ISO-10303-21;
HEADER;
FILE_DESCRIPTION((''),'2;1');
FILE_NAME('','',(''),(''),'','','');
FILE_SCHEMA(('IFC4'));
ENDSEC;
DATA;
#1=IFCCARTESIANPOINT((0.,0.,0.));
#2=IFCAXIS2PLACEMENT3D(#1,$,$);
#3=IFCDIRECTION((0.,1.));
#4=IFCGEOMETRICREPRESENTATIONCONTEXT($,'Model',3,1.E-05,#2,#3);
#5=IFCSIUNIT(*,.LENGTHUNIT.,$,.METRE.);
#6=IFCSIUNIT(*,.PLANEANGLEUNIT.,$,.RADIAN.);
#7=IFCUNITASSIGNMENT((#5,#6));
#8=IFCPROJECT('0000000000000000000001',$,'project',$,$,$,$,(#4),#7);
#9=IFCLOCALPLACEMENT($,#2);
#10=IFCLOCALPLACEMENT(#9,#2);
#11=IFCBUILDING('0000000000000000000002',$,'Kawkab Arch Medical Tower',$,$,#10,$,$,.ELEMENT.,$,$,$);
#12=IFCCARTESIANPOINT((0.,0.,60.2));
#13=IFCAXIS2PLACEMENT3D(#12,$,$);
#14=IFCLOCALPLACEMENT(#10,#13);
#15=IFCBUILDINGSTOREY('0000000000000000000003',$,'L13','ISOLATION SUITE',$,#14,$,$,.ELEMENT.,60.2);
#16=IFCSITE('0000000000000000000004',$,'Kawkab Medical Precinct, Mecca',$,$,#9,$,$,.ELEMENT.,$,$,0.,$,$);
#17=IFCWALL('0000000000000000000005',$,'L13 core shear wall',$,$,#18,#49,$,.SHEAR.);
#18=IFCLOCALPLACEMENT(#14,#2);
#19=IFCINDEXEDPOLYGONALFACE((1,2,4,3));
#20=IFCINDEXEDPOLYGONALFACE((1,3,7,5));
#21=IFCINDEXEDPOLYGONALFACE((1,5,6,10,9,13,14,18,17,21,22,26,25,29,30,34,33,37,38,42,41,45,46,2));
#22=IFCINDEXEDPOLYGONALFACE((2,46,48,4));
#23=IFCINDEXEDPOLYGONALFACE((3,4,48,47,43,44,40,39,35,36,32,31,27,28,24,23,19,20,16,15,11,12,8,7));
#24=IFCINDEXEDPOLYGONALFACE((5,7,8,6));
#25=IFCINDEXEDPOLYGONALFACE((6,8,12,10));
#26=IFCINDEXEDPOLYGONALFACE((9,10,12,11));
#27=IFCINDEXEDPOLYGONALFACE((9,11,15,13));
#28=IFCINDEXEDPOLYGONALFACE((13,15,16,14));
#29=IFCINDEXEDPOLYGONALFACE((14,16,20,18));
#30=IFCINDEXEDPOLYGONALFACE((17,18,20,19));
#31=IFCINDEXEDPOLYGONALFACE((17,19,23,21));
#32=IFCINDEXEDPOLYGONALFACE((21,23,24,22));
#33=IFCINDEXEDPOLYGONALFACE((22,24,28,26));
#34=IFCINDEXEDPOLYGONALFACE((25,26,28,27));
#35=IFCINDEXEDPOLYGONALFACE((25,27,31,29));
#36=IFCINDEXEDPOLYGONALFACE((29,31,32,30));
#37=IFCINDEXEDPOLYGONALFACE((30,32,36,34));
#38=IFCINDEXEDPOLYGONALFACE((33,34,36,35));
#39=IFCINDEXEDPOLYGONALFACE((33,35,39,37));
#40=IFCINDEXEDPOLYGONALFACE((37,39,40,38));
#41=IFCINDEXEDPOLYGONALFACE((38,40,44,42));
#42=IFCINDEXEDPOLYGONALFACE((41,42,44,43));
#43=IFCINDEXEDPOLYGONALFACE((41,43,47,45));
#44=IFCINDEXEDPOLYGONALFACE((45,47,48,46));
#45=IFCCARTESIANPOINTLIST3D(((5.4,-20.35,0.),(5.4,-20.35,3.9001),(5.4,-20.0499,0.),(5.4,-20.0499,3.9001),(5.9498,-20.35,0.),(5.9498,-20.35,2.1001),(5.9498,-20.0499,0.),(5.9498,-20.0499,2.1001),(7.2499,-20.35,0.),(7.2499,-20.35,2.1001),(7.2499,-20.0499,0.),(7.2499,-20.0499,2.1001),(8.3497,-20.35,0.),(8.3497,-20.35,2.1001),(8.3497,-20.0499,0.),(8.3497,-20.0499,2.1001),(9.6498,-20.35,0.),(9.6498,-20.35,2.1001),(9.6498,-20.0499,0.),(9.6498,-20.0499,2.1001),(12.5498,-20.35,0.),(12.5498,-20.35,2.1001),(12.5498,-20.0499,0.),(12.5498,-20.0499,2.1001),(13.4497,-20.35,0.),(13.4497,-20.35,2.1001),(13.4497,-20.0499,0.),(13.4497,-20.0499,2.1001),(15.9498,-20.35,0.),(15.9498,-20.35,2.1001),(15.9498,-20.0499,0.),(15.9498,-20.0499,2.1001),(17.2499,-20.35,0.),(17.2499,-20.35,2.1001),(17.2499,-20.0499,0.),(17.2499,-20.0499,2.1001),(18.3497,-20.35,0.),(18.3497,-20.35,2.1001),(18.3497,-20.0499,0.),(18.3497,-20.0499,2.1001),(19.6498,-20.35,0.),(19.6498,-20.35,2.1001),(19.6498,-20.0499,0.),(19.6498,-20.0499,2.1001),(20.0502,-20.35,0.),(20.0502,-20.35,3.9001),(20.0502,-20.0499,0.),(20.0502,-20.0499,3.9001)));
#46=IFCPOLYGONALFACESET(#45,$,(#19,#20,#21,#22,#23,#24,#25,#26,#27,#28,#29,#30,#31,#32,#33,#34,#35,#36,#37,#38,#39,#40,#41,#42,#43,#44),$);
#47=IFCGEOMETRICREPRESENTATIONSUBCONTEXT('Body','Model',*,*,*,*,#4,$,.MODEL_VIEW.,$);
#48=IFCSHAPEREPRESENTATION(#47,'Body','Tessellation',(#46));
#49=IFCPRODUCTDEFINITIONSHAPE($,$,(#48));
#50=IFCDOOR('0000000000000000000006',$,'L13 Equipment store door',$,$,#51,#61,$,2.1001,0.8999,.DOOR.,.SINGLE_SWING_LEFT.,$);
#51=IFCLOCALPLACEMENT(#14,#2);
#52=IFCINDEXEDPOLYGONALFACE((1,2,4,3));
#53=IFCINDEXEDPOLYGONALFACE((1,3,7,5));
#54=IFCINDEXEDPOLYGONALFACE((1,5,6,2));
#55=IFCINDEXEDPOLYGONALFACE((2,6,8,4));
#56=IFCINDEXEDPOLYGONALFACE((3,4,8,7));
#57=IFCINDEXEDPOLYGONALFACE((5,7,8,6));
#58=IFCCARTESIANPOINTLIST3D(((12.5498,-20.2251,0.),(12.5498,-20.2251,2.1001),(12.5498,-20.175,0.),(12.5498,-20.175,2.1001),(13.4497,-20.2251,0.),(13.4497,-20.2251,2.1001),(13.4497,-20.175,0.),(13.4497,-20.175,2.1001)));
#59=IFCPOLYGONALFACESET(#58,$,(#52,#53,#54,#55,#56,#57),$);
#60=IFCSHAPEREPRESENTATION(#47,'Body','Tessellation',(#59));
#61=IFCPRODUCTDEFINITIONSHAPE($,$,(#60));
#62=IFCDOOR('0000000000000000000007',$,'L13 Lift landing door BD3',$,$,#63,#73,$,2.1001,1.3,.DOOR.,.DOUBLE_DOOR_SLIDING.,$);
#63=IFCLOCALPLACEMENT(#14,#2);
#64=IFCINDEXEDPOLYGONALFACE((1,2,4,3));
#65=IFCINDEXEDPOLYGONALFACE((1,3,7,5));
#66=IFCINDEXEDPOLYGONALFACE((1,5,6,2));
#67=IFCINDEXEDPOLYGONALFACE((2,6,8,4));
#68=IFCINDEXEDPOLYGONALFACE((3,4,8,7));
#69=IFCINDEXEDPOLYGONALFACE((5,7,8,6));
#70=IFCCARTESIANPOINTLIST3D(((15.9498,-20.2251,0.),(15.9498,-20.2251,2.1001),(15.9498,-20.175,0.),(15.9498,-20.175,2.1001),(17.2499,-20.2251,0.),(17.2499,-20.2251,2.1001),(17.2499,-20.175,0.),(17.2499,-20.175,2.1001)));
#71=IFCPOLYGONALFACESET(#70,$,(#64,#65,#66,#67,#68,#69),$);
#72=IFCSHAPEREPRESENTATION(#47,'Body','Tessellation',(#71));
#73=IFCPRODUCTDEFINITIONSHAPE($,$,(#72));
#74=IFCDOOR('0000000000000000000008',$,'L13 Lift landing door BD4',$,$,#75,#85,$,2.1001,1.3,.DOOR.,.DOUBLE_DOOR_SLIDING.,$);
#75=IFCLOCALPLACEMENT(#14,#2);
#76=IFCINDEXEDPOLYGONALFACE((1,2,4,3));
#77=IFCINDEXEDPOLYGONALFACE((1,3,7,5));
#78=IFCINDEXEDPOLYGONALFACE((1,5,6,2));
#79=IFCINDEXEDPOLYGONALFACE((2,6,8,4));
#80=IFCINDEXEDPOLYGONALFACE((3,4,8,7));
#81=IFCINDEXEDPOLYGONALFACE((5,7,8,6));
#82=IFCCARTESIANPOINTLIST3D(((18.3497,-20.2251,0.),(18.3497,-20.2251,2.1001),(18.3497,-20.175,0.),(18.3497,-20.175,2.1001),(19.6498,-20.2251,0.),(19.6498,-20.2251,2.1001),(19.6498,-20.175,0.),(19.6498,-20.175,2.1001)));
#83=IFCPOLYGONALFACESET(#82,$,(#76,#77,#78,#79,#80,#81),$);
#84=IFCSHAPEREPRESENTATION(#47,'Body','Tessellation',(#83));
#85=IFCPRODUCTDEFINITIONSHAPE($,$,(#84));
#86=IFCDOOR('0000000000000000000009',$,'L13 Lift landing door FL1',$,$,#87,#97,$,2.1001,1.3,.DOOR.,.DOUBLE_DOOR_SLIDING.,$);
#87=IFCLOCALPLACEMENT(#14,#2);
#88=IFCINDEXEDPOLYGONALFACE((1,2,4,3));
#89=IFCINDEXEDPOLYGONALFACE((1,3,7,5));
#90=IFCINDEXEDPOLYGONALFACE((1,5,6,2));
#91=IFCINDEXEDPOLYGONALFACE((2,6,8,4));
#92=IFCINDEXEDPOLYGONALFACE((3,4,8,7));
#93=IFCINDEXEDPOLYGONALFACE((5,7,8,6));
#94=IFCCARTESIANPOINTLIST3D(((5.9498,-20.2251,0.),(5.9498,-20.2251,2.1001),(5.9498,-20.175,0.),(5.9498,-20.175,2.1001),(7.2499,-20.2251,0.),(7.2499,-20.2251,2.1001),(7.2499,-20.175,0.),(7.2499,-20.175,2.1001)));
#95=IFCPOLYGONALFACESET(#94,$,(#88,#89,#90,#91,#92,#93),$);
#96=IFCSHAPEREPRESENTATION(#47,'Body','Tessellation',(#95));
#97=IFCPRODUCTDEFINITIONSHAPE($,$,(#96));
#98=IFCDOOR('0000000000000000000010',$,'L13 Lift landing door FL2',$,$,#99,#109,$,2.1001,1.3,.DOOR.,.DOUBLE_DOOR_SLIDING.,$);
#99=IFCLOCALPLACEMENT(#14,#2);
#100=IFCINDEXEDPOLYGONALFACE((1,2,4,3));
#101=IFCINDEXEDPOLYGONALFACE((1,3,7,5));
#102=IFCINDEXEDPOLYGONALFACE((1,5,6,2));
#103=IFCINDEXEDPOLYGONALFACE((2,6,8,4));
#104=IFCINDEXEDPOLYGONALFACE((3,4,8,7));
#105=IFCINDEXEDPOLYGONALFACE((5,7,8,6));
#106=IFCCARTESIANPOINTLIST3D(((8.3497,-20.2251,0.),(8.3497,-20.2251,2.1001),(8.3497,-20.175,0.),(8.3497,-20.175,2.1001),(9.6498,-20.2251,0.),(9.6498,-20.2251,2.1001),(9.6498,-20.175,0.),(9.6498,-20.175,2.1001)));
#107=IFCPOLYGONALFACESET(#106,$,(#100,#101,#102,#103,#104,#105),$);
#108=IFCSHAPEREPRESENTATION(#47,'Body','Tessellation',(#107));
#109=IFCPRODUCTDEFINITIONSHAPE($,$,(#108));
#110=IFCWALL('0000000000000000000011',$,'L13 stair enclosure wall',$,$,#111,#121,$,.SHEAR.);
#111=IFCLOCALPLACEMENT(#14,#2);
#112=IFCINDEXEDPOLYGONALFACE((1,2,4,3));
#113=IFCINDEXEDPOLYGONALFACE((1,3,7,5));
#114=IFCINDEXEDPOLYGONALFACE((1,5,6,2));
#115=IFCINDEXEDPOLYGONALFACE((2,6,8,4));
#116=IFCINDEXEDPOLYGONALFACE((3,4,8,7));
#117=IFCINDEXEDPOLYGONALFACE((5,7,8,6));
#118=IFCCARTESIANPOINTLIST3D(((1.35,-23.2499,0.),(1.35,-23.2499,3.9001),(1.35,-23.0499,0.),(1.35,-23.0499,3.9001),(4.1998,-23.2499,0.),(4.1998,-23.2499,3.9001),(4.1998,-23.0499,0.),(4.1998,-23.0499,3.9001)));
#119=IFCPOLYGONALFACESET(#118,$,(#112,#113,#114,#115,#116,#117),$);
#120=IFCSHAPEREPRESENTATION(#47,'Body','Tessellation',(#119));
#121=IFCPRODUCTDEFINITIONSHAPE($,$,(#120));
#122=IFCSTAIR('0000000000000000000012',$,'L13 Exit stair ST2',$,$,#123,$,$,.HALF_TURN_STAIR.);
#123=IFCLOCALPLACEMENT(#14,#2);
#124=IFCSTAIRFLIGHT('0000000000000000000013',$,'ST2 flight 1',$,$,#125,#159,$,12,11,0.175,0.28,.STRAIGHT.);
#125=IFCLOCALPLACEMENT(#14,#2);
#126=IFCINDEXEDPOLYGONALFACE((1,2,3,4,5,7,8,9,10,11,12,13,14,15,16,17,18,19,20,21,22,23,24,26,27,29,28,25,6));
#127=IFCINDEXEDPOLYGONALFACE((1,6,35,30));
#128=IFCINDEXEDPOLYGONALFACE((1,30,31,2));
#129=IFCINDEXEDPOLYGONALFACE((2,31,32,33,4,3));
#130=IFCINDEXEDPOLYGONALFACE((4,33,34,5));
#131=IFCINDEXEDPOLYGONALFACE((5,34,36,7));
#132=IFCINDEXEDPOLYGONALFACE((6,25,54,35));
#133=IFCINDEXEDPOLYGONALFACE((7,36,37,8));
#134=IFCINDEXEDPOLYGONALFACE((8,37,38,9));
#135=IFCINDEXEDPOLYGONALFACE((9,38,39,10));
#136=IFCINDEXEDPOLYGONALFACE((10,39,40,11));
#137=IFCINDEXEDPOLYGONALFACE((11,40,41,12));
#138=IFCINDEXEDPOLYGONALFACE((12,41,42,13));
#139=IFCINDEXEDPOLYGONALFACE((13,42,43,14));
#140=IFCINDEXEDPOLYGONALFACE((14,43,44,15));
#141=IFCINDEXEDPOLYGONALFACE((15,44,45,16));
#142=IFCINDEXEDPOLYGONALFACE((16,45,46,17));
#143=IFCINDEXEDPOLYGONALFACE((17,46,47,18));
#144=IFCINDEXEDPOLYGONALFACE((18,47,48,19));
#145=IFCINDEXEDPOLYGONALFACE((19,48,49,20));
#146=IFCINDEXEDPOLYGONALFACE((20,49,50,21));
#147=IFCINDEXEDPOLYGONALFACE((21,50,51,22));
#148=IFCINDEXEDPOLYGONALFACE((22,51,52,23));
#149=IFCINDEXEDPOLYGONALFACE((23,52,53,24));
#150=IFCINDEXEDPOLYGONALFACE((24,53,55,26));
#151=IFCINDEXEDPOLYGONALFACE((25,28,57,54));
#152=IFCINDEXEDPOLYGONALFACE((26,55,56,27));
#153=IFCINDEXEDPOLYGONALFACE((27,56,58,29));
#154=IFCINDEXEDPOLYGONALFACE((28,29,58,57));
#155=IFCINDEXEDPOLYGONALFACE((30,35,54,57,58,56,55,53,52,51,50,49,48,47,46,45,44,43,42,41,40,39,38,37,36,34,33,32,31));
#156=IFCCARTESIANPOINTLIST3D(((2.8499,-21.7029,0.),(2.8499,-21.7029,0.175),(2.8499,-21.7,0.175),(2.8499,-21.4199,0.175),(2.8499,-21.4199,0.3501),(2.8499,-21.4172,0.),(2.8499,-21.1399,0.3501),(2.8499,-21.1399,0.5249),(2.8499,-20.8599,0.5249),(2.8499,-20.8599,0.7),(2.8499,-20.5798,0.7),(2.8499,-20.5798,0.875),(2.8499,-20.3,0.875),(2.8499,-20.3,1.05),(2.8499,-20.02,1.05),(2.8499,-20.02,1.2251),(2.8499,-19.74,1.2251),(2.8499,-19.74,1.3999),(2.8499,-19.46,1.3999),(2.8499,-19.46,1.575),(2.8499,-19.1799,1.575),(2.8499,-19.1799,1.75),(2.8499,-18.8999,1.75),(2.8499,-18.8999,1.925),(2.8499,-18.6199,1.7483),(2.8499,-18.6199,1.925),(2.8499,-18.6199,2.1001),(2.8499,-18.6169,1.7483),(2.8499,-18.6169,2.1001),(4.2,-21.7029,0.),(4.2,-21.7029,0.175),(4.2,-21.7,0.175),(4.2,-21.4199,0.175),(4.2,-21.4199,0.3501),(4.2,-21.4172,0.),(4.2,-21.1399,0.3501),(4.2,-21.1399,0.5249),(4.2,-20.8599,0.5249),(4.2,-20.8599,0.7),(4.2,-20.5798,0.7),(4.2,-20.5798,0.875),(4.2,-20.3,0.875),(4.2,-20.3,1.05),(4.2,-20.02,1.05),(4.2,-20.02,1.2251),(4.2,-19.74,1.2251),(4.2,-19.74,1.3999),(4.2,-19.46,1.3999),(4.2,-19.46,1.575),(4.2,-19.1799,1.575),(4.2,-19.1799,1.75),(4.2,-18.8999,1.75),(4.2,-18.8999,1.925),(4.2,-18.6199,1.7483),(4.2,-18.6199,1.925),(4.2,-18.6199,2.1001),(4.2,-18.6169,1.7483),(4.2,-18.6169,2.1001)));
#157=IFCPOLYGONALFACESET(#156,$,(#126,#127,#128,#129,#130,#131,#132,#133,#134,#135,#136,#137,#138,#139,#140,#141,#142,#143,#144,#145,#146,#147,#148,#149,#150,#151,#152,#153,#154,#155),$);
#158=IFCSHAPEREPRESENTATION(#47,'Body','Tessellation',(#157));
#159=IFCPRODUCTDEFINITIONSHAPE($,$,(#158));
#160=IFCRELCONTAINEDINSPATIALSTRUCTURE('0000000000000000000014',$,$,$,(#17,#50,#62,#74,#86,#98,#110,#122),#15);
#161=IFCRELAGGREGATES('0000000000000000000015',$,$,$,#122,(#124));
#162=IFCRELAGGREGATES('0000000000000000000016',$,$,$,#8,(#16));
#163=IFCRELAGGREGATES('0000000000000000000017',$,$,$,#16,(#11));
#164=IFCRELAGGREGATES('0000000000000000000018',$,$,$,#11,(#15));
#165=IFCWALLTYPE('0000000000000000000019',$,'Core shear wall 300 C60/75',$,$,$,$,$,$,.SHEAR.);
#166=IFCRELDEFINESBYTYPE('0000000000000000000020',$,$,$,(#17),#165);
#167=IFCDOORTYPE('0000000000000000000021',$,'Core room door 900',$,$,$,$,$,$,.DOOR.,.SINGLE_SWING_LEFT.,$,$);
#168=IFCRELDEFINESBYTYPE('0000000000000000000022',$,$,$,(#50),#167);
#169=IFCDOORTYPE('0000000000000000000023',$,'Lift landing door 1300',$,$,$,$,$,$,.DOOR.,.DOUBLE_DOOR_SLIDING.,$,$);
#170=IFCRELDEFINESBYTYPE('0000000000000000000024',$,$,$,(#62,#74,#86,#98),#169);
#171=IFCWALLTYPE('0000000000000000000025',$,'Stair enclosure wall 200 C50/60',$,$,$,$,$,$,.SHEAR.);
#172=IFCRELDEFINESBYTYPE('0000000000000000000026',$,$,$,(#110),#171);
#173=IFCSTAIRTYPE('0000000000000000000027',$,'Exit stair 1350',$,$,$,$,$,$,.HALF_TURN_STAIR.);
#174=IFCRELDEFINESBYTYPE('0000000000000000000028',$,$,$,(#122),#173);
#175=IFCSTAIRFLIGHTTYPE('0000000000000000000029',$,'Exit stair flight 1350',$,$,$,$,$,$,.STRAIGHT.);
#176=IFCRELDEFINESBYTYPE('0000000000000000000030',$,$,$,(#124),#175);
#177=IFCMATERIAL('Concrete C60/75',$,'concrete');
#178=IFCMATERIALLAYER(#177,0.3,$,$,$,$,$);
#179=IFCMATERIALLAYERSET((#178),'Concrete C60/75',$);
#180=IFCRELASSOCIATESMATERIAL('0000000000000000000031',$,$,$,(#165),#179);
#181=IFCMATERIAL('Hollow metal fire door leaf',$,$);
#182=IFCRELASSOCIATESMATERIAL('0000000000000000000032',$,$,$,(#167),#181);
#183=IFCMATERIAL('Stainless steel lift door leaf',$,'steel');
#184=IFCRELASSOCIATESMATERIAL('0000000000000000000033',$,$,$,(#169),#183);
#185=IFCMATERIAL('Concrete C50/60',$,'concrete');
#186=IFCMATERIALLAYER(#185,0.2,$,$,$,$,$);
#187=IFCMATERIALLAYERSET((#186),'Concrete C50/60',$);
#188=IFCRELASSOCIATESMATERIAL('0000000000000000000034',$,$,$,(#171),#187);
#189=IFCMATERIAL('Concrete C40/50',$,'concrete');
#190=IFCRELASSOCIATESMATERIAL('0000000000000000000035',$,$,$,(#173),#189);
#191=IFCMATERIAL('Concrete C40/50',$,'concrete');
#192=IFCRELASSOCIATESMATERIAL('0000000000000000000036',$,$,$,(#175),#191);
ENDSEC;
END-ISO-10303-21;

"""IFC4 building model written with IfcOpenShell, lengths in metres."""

from ifc_helpers import new_model, si_unit, direction, frame, frame_2d, origin, place, context, subcontext, project, spatial, polyline, rectangle, outline, extrude, material, layer, layer_set, type_object, element, fill, aggregate, save


model = new_model("IFC4")

# Units and contexts
model_context = context("Model", 3, precision=1e-05, world=origin(), true_north=direction((0.0, 1.0)))
body_context = subcontext(model_context, "Body", "Model", "MODEL_VIEW")
ifc_project = project(units=[si_unit("LENGTHUNIT", "METRE"), si_unit("PLANEANGLEUNIT", "RADIAN")], contexts=[model_context])

# Site, building, storey
site_placement = place(None, origin())
site = spatial("IfcSite", under=ifc_project, at=site_placement, Name="Kawkab Medical Precinct, Mecca", CompositionType="ELEMENT", RefElevation=0.0)
building_placement = place(site_placement, origin())
building = spatial("IfcBuilding", under=site, at=building_placement, Name="Kawkab Arch Medical Tower", CompositionType="ELEMENT")
storey_placement = place(building_placement, frame((0.0, 0.0, 60.2)))
storey = spatial("IfcBuildingStorey", under=building, at=storey_placement, Name="L13", Description="ISOLATION SUITE", CompositionType="ELEMENT", Elevation=60.2)

# Wall, openings, doors
ifc_material_1 = material(Name="Concrete C60/75", Category="concrete")
ifc_layer_1 = layer(ifc_material_1, 0.3)
ifc_layer_set_1 = layer_set([ifc_layer_1], Name="Concrete C60/75")
wall_type_1 = type_object("IfcWallType", Name="Core shear wall 300 C60/75", PredefinedType="SHEAR", material=ifc_layer_set_1)
wall_1_placement = place(storey_placement, frame((5.3999, -20.2, 0.0), z_axis=(0.0, 0.0, 1.0), x_axis=(1.0, 0.0, 0.0)))
wall_1 = element("IfcWall", 1, at=wall_1_placement, inside=storey, type_object=wall_type_1, Name="L13 core shear wall", PredefinedType="SHEAR", context=body_context, shape_type="SweptSolid", body=[
    extrude(rectangle(XDim=14.6501, YDim=0.3, at=frame_2d((7.3252, 0.0))), origin(), (0.0, 0.0, 1.0), 3.9001),
])
opening_1_placement = place(wall_1_placement, frame((10.55, 0.0, 0.0)))
opening_1 = element("IfcOpeningElement", 2, at=opening_1_placement, cuts=wall_1, PredefinedType="OPENING", context=body_context, shape_type="SweptSolid", body=[
    extrude(rectangle(XDim=1.3, YDim=2.1001, at=frame_2d((0.6499, 1.05))), frame((0.0, 0.1599, 0.0), z_axis=(0.0, -1.0, 0.0), x_axis=(1.0, 0.0, 0.0)), (0.0, 0.0, 1.0), 0.3201),
])
opening_2_placement = place(wall_1_placement, frame((12.95, 0.0, 0.0)))
opening_2 = element("IfcOpeningElement", 3, at=opening_2_placement, cuts=wall_1, PredefinedType="OPENING", context=body_context, shape_type="SweptSolid", body=[
    extrude(rectangle(XDim=1.3, YDim=2.1001, at=frame_2d((0.6499, 1.05))), frame((0.0, 0.1599, 0.0), z_axis=(0.0, -1.0, 0.0), x_axis=(1.0, 0.0, 0.0)), (0.0, 0.0, 1.0), 0.3201),
])
opening_3_placement = place(wall_1_placement, frame((0.55, 0.0, 0.0)))
opening_3 = element("IfcOpeningElement", 4, at=opening_3_placement, cuts=wall_1, PredefinedType="OPENING", context=body_context, shape_type="SweptSolid", body=[
    extrude(rectangle(XDim=1.3, YDim=2.1001, at=frame_2d((0.6499, 1.05))), frame((0.0, 0.1599, 0.0), z_axis=(0.0, -1.0, 0.0), x_axis=(1.0, 0.0, 0.0)), (0.0, 0.0, 1.0), 0.3201),
])
opening_4_placement = place(wall_1_placement, frame((2.95, 0.0, 0.0)))
opening_4 = element("IfcOpeningElement", 5, at=opening_4_placement, cuts=wall_1, PredefinedType="OPENING", context=body_context, shape_type="SweptSolid", body=[
    extrude(rectangle(XDim=1.3, YDim=2.1001, at=frame_2d((0.6499, 1.05))), frame((0.0, 0.1599, 0.0), z_axis=(0.0, -1.0, 0.0), x_axis=(1.0, 0.0, 0.0)), (0.0, 0.0, 1.0), 0.3201),
])
opening_5_placement = place(wall_1_placement, frame((7.1499, 0.0, 0.0)))
opening_5 = element("IfcOpeningElement", 6, at=opening_5_placement, cuts=wall_1, PredefinedType="OPENING", context=body_context, shape_type="SweptSolid", body=[
    extrude(rectangle(XDim=0.8999, YDim=2.1001, at=frame_2d((0.45, 1.05))), frame((0.0, 0.1599, 0.0), z_axis=(0.0, -1.0, 0.0), x_axis=(1.0, 0.0, 0.0)), (0.0, 0.0, 1.0), 0.3201),
])
ifc_material_2 = material(Name="Hollow metal fire door leaf")
door_type_1 = type_object("IfcDoorType", Name="Core room door 900", OperationType="SINGLE_SWING_LEFT", PredefinedType="DOOR", material=ifc_material_2)
door_1_placement = place(opening_5_placement, origin())
door_1 = element("IfcDoor", 7, at=door_1_placement, inside=storey, type_object=door_type_1, Name="L13 Equipment store door", OperationType="SINGLE_SWING_LEFT", OverallHeight=2.1001, OverallWidth=0.8999, PredefinedType="DOOR", context=body_context, shape_type="SweptSolid", body=[
    extrude(rectangle(XDim=0.8999, YDim=2.1001, at=frame_2d((0.45, 1.05))), frame((0.0, 0.0249, 0.0), z_axis=(0.0, -1.0, 0.0), x_axis=(1.0, 0.0, 0.0)), (0.0, 0.0, 1.0), 0.05),
])
fill(opening_5, door_1)
ifc_material_3 = material(Name="Stainless steel lift door leaf", Category="steel")
door_type_2 = type_object("IfcDoorType", Name="Lift landing door 1300", OperationType="DOUBLE_DOOR_SLIDING", PredefinedType="DOOR", material=ifc_material_3)
door_2_placement = place(opening_1_placement, origin())
door_2 = element("IfcDoor", 8, at=door_2_placement, inside=storey, type_object=door_type_2, Name="L13 Lift landing door BD3", OperationType="DOUBLE_DOOR_SLIDING", OverallHeight=2.1001, OverallWidth=1.3, PredefinedType="DOOR", context=body_context, shape_type="SweptSolid", body=[
    extrude(rectangle(XDim=1.3, YDim=2.1001, at=frame_2d((0.6499, 1.05))), frame((0.0, 0.0249, 0.0), z_axis=(0.0, -1.0, 0.0), x_axis=(1.0, 0.0, 0.0)), (0.0, 0.0, 1.0), 0.05),
])
fill(opening_1, door_2)
door_3_placement = place(opening_2_placement, origin())
door_3 = element("IfcDoor", 9, at=door_3_placement, inside=storey, type_object=door_type_2, Name="L13 Lift landing door BD4", OperationType="DOUBLE_DOOR_SLIDING", OverallHeight=2.1001, OverallWidth=1.3, PredefinedType="DOOR", context=body_context, shape_type="SweptSolid", body=[
    extrude(rectangle(XDim=1.3, YDim=2.1001, at=frame_2d((0.6499, 1.05))), frame((0.0, 0.0249, 0.0), z_axis=(0.0, -1.0, 0.0), x_axis=(1.0, 0.0, 0.0)), (0.0, 0.0, 1.0), 0.05),
])
fill(opening_2, door_3)
door_4_placement = place(opening_3_placement, origin())
door_4 = element("IfcDoor", 10, at=door_4_placement, inside=storey, type_object=door_type_2, Name="L13 Lift landing door FL1", OperationType="DOUBLE_DOOR_SLIDING", OverallHeight=2.1001, OverallWidth=1.3, PredefinedType="DOOR", context=body_context, shape_type="SweptSolid", body=[
    extrude(rectangle(XDim=1.3, YDim=2.1001, at=frame_2d((0.6499, 1.05))), frame((0.0, 0.0249, 0.0), z_axis=(0.0, -1.0, 0.0), x_axis=(1.0, 0.0, 0.0)), (0.0, 0.0, 1.0), 0.05),
])
fill(opening_3, door_4)
door_5_placement = place(opening_4_placement, origin())
door_5 = element("IfcDoor", 11, at=door_5_placement, inside=storey, type_object=door_type_2, Name="L13 Lift landing door FL2", OperationType="DOUBLE_DOOR_SLIDING", OverallHeight=2.1001, OverallWidth=1.3, PredefinedType="DOOR", context=body_context, shape_type="SweptSolid", body=[
    extrude(rectangle(XDim=1.3, YDim=2.1001, at=frame_2d((0.6499, 1.05))), frame((0.0, 0.0249, 0.0), z_axis=(0.0, -1.0, 0.0), x_axis=(1.0, 0.0, 0.0)), (0.0, 0.0, 1.0), 0.05),
])
fill(opening_4, door_5)

# Wall
ifc_material_4 = material(Name="Concrete C50/60", Category="concrete")
ifc_layer_2 = layer(ifc_material_4, 0.2)
ifc_layer_set_2 = layer_set([ifc_layer_2], Name="Concrete C50/60")
wall_type_2 = type_object("IfcWallType", Name="Stair enclosure wall 200 C50/60", PredefinedType="SHEAR", material=ifc_layer_set_2)
wall_2_placement = place(storey_placement, frame((1.3501, -23.1499, 0.0), z_axis=(0.0, 0.0, 1.0), x_axis=(1.0, 0.0, 0.0)))
element("IfcWall", 12, at=wall_2_placement, inside=storey, type_object=wall_type_2, Name="L13 stair enclosure wall", PredefinedType="SHEAR", context=body_context, shape_type="SweptSolid", body=[
    extrude(rectangle(XDim=2.8499, YDim=0.2, at=frame_2d((1.4248, 0.0))), origin(), (0.0, 0.0, 1.0), 3.9001),
])

# Stair, stair flight
ifc_material_5 = material(Name="Concrete C40/50", Category="concrete")
stair_type = type_object("IfcStairType", Name="Exit stair 1350", PredefinedType="HALF_TURN_STAIR", material=ifc_material_5)
stair_placement = place(storey_placement, origin())
stair = element("IfcStair", 13, at=stair_placement, inside=storey, type_object=stair_type, Name="L13 Exit stair ST2", PredefinedType="HALF_TURN_STAIR")
ifc_material_6 = material(Name="Concrete C40/50", Category="concrete")
stair_flight_type = type_object("IfcStairFlightType", Name="Exit stair flight 1350", PredefinedType="STRAIGHT", material=ifc_material_6)
stair_flight_placement = place(storey_placement, frame((3.5249, -21.7, 0.0), z_axis=(0.0, 0.0, 1.0), x_axis=(0.0, 1.0, 0.0)))
stair_flight = element("IfcStairFlight", 14, at=stair_flight_placement, type_object=stair_flight_type, Name="ST2 flight 1", NumberOfRisers=12, NumberOfTreads=11, PredefinedType="STRAIGHT", RiserHeight=0.175, TreadLength=0.28, context=body_context, shape_type="SweptSolid", body=[
    extrude(outline(polyline([(-0.0029, 0.0), (-0.0029, 0.175), (0.0, 0.175), (0.28, 0.175), (0.28, 0.3501), (0.5601, 0.3501), (0.5601, 0.5249), (0.8401, 0.5249), (0.8401, 0.7), (1.1201, 0.7), (1.1201, 0.875), (1.3999, 0.875), (1.3999, 1.05), (1.6799, 1.05), (1.6799, 1.2251), (1.96, 1.2251), (1.96, 1.3999), (2.24, 1.3999), (2.24, 1.575), (2.52, 1.575), (2.52, 1.75), (2.8, 1.75), (2.8, 1.925), (3.0801, 1.925), (3.0801, 2.1001), (3.083, 2.1001), (3.083, 1.7483), (3.0801, 1.7483), (0.2827, 0.0), (-0.0029, 0.0)])), frame((0.0, 0.675, 0.0), z_axis=(0.0, -1.0, 0.0), x_axis=(1.0, 0.0, 0.0)), (0.0, 0.0, 1.0), 1.3501),
])
aggregate(stair, [stair_flight])

save(model, "model.ifc")
